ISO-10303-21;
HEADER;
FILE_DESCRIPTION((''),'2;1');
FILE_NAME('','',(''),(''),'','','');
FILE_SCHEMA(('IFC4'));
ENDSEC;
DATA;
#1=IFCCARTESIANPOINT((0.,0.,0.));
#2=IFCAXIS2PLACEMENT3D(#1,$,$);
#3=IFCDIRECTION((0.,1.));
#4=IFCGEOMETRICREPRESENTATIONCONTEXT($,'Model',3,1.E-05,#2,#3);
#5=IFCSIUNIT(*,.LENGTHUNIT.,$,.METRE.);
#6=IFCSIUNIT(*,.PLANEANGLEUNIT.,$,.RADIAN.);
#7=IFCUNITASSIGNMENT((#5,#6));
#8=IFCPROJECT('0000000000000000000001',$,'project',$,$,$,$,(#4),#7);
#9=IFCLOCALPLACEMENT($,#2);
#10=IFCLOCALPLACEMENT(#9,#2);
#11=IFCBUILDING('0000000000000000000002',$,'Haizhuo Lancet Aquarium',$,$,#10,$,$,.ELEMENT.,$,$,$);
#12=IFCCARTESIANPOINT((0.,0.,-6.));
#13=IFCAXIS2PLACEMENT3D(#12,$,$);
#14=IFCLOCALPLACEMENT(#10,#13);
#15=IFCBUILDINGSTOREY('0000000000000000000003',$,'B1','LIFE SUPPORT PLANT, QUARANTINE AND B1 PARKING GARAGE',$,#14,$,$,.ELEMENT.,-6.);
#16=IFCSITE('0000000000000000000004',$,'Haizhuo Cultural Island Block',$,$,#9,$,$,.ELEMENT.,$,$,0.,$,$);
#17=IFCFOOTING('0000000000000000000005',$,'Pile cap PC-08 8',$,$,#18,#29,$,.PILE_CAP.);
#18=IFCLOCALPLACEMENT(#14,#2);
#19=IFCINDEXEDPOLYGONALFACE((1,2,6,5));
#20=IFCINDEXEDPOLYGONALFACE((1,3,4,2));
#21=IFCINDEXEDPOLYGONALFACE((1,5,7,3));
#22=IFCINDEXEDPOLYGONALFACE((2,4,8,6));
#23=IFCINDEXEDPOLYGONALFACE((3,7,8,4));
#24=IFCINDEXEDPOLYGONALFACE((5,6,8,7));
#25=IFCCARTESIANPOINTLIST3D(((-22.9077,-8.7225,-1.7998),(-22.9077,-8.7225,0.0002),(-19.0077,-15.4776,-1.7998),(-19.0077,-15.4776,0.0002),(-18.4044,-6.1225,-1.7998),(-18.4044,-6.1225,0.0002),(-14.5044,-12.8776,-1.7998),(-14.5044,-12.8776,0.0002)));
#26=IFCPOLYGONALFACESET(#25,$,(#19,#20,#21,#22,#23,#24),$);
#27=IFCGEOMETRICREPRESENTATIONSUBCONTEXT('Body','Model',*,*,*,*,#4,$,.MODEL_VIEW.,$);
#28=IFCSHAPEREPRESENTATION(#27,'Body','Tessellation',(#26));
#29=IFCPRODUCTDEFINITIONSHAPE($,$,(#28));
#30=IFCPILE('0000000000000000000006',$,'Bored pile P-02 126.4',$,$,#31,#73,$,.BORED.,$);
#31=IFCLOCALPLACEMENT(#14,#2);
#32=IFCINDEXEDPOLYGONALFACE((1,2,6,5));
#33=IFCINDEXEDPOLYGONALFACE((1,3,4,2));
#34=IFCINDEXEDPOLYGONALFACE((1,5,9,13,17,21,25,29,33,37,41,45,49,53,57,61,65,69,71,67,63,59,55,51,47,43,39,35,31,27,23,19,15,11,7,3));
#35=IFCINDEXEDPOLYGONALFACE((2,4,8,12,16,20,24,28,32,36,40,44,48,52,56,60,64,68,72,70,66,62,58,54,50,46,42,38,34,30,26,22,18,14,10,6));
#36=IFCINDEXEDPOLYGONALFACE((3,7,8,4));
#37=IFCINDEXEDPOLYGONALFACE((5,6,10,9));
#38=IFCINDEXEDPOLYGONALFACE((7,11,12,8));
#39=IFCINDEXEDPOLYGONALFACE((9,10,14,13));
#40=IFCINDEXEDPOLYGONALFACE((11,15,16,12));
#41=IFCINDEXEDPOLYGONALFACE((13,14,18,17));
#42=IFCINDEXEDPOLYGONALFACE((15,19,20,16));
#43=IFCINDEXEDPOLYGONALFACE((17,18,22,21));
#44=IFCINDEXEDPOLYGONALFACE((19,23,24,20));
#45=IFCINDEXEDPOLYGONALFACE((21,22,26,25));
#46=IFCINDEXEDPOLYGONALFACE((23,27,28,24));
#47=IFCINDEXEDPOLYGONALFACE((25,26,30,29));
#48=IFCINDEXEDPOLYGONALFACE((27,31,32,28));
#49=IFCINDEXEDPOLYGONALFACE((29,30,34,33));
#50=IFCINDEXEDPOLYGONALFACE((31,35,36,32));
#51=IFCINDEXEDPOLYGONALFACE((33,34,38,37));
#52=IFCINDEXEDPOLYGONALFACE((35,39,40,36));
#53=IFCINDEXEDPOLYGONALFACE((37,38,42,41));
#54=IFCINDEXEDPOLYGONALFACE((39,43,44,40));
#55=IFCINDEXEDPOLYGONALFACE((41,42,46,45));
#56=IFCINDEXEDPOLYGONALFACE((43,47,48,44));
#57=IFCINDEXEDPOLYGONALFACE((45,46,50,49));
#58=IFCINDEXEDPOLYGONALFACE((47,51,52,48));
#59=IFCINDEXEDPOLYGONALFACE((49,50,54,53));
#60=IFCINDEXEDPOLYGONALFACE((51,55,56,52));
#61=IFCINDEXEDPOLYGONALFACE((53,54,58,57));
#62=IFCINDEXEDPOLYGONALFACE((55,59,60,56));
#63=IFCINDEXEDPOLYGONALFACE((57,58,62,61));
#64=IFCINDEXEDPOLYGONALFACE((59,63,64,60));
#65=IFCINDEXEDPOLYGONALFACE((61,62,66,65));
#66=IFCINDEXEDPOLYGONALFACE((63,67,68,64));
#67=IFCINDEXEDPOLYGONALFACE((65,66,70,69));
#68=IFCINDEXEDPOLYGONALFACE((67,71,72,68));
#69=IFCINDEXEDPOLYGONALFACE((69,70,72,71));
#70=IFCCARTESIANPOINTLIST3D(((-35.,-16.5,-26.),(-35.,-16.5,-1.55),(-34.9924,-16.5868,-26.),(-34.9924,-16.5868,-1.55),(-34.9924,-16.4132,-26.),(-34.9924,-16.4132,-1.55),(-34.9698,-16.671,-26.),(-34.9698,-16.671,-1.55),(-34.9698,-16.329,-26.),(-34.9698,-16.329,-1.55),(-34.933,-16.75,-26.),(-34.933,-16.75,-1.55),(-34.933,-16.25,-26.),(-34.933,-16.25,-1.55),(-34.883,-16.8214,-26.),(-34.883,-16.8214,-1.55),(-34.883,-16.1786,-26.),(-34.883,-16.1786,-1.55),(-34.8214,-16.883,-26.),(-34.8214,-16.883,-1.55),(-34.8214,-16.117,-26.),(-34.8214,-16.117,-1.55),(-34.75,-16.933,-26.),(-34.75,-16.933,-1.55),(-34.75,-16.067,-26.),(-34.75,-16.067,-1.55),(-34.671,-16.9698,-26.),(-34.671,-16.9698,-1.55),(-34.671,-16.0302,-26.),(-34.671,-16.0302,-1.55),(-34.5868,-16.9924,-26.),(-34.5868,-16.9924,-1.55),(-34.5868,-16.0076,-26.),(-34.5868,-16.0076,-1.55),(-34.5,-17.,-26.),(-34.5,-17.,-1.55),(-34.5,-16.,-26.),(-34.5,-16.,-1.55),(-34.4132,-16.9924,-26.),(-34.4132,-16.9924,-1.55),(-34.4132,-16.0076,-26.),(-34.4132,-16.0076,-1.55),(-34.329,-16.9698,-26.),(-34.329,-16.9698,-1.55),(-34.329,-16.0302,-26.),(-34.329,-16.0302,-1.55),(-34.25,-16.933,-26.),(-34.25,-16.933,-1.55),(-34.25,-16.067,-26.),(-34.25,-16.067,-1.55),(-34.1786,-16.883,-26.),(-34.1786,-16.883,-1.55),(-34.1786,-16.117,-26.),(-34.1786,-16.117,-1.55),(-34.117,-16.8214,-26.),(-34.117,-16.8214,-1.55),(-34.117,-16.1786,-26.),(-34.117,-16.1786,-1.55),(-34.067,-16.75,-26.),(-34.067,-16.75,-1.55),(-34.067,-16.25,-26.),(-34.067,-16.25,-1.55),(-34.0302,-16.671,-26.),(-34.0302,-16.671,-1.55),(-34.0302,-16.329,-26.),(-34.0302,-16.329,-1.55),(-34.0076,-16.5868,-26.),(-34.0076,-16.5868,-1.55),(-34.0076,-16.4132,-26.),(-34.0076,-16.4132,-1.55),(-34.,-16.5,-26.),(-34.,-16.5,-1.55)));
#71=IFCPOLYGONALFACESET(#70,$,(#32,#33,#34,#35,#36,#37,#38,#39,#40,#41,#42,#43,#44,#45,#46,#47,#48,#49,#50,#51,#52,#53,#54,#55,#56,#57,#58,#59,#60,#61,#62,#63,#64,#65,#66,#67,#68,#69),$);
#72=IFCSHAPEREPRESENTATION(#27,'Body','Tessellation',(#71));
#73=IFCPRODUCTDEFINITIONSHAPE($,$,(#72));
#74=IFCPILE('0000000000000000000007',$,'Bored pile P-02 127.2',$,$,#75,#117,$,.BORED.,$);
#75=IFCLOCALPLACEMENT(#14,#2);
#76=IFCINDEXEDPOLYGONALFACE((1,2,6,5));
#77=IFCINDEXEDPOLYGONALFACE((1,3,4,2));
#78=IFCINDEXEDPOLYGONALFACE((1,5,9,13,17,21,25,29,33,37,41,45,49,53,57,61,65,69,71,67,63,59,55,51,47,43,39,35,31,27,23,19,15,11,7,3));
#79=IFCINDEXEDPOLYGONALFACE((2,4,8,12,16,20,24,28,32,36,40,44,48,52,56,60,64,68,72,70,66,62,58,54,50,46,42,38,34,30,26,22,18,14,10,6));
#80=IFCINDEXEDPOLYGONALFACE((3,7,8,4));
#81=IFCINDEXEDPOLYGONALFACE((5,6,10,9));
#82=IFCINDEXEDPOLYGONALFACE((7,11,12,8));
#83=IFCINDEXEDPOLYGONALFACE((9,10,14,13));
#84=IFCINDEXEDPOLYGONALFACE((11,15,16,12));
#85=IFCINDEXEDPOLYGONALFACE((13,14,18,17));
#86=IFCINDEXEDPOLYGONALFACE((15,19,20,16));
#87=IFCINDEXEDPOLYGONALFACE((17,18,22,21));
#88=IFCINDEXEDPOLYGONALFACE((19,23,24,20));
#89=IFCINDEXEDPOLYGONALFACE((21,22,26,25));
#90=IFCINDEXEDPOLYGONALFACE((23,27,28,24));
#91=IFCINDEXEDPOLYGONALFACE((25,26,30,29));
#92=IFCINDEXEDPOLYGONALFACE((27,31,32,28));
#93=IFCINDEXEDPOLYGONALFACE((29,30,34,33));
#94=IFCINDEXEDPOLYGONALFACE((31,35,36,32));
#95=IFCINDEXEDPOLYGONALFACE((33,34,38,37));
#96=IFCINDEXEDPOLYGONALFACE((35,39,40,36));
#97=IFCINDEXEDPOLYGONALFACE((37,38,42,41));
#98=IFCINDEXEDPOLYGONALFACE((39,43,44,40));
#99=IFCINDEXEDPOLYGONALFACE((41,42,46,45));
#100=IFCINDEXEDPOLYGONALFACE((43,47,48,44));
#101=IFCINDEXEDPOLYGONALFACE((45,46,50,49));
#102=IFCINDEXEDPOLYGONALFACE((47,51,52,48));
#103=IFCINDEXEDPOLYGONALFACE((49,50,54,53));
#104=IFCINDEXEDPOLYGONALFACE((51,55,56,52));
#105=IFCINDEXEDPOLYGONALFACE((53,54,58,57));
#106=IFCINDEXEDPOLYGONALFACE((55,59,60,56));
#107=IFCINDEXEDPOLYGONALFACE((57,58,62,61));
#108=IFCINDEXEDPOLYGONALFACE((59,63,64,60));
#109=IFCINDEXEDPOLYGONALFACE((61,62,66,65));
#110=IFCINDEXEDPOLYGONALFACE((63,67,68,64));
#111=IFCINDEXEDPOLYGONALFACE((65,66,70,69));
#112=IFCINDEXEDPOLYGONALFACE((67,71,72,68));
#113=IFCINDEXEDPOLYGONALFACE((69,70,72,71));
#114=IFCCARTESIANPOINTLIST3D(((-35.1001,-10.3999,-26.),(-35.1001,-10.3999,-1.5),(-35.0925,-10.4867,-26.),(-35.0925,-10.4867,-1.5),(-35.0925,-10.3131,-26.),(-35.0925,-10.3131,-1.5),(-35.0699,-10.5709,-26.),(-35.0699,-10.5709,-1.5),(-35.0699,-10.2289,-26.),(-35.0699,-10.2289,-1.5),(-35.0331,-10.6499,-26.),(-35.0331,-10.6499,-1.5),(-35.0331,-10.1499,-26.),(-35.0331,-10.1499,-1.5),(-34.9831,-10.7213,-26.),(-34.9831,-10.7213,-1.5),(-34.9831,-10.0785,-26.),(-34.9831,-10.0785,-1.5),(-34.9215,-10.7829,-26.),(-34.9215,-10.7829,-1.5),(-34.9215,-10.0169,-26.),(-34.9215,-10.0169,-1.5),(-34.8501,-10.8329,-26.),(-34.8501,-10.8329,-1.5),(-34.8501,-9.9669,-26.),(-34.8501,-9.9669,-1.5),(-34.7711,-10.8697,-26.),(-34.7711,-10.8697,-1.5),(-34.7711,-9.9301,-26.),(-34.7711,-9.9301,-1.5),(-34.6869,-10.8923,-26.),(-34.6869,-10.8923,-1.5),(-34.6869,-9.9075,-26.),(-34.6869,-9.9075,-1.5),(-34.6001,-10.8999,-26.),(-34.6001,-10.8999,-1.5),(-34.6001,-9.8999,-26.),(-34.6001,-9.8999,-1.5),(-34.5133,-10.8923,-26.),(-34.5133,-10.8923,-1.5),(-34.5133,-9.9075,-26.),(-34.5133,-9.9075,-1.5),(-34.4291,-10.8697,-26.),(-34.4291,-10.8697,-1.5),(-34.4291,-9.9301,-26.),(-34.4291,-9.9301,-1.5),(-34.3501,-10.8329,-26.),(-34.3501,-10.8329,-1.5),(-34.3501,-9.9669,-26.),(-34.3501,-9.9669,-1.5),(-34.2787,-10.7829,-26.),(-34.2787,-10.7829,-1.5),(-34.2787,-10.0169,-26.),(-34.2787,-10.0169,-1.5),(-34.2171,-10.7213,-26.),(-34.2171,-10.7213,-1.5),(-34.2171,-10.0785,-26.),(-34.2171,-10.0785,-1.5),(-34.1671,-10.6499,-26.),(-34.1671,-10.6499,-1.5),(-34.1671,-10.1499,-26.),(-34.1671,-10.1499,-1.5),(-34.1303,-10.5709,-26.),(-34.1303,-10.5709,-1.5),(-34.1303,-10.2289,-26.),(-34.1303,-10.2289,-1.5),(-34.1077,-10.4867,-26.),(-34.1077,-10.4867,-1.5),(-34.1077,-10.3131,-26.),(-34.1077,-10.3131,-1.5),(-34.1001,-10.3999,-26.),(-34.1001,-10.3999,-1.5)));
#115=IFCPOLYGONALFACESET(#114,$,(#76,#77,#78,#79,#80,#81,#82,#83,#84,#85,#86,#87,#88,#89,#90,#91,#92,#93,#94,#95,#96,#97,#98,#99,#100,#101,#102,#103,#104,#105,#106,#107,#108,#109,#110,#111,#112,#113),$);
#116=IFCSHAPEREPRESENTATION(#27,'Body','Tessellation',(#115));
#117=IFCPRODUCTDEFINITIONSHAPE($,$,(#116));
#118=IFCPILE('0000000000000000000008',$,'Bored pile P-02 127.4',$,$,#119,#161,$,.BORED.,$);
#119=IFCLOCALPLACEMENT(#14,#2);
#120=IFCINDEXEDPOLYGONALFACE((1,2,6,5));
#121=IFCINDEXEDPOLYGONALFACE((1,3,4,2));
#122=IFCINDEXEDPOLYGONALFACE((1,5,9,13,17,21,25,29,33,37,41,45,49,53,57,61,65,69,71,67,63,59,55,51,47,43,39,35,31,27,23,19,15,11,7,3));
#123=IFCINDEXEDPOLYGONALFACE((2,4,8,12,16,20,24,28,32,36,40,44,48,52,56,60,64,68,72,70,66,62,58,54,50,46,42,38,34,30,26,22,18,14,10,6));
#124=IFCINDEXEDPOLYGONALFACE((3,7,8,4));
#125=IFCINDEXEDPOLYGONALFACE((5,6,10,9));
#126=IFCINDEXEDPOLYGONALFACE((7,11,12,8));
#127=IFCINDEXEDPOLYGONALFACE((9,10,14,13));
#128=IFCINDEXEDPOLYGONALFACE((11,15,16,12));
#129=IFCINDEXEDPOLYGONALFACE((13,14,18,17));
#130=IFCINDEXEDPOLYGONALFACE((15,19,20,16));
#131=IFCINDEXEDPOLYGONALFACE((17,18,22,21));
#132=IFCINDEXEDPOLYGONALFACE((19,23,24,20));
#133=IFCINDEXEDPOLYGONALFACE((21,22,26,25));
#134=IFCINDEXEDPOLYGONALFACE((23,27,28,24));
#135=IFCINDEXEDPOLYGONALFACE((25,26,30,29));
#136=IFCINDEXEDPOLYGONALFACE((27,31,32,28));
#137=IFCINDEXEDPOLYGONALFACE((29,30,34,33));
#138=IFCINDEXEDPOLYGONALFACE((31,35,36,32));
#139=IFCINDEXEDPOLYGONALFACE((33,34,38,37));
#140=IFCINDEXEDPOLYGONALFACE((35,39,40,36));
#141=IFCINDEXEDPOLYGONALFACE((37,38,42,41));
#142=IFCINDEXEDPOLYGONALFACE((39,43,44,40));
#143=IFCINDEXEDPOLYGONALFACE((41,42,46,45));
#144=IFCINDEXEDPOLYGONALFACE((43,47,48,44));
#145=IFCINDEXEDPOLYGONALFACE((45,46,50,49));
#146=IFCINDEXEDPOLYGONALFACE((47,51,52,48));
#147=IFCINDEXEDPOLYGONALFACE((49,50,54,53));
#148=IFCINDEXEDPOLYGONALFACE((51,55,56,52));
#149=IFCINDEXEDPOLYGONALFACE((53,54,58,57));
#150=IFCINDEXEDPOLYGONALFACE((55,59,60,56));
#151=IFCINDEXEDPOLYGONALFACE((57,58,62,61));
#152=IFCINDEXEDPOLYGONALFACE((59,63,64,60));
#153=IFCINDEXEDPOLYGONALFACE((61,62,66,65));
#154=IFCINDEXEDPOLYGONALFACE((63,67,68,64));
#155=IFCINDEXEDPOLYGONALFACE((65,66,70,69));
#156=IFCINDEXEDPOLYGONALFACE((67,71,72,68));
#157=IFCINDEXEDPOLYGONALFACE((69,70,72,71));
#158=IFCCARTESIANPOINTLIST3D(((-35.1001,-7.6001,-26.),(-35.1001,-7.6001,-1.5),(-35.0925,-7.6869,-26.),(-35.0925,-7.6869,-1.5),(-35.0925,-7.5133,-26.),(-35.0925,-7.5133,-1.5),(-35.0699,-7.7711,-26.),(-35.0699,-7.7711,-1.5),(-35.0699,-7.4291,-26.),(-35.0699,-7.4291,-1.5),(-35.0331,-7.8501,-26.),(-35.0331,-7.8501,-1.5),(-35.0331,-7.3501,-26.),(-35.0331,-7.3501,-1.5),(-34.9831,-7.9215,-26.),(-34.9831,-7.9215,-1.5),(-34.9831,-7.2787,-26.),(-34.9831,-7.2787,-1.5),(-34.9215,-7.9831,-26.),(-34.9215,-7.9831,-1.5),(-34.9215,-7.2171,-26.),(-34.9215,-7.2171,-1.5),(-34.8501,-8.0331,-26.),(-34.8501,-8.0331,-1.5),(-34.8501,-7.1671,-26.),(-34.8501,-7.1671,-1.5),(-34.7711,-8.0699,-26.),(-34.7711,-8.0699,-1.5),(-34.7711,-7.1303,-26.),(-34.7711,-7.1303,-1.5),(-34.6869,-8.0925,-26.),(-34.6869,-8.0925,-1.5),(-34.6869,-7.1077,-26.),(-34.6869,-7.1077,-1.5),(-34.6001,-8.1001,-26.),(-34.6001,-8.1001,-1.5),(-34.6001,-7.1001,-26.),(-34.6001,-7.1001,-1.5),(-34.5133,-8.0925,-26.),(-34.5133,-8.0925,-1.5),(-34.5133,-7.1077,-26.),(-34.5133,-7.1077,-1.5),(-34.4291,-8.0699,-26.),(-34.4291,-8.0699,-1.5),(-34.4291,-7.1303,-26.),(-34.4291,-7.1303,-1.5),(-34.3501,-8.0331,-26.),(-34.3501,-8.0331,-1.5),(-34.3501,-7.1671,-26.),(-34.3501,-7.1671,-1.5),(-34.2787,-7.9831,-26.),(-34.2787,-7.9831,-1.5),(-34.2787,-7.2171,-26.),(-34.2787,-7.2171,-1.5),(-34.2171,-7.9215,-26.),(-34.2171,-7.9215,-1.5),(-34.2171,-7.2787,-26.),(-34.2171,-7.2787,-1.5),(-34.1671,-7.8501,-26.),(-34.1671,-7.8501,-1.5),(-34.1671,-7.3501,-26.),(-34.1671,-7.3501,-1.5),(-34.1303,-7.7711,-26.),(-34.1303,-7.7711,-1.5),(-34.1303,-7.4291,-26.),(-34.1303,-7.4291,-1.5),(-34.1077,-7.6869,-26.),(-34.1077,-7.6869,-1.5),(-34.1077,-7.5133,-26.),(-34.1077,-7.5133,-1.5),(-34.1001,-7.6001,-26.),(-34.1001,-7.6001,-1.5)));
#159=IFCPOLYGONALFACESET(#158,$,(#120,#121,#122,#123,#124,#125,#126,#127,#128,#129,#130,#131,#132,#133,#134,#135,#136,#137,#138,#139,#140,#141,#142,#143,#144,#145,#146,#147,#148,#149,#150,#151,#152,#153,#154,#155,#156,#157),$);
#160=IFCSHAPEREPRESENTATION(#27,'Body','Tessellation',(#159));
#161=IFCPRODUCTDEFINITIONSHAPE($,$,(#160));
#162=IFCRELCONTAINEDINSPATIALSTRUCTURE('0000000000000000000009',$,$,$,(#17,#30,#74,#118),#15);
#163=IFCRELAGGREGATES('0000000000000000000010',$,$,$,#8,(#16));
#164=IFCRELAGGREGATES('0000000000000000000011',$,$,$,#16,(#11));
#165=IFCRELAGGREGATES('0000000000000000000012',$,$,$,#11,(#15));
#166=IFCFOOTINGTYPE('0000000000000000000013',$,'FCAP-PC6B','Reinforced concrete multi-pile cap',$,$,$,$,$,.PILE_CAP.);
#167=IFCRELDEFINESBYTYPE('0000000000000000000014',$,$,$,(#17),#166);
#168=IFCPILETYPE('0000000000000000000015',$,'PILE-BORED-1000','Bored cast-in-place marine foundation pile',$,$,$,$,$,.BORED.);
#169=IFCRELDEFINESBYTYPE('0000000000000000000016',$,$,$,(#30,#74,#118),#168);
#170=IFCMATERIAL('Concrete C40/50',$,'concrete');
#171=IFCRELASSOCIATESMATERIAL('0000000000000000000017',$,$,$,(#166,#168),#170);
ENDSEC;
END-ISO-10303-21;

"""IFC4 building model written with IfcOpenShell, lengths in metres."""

from ifc_helpers import new_model, si_unit, direction, frame, origin, origin_2d, place, context, subcontext, project, spatial, rectangle, circle, extrude, material, material_profile, profile_set, type_object, element, save


model = new_model("IFC4")

# Units and contexts
model_context = context("Model", 3, precision=1e-05, world=origin(), true_north=direction((0.0, 1.0)))
body_context = subcontext(model_context, "Body", "Model", "MODEL_VIEW")
ifc_project = project(units=[si_unit("LENGTHUNIT", "METRE"), si_unit("PLANEANGLEUNIT", "RADIAN")], contexts=[model_context])

# Site, building, storey
site_placement = place(None, origin())
site = spatial("IfcSite", under=ifc_project, at=site_placement, Name="Haizhuo Cultural Island Block", CompositionType="ELEMENT", RefElevation=0.0)
building_placement = place(site_placement, origin())
building = spatial("IfcBuilding", under=site, at=building_placement, Name="Haizhuo Lancet Aquarium", CompositionType="ELEMENT")
storey_placement = place(building_placement, frame((0.0, 0.0, -6.0)))
storey = spatial("IfcBuildingStorey", under=building, at=storey_placement, Name="B1", Description="LIFE SUPPORT PLANT, QUARANTINE AND B1 PARKING GARAGE", CompositionType="ELEMENT", Elevation=-6.0)

# Footing
ifc_material_1 = material(Name="Concrete C40/50", Category="concrete")
footing_type = type_object("IfcFootingType", Name="FCAP-PC6B", Description="Reinforced concrete multi-pile cap", PredefinedType="PILE_CAP", material=ifc_material_1)
footing_placement = place(storey_placement, frame((-18.7061, -10.8, -1.7998), z_axis=(0.0, 0.0, 1.0), x_axis=(-0.866025, -0.5, 0.0)))
element("IfcFooting", 1, at=footing_placement, inside=storey, type_object=footing_type, Name="Pile cap PC-08 8", PredefinedType="PILE_CAP", context=body_context, shape_type="SweptSolid", body=[
    extrude(rectangle(XDim=5.2, YDim=7.8, at=origin_2d()), origin(), (0.0, 0.0, 1.0), 1.8),
])

# Piles
ifc_material_profile_1 = material_profile(ifc_material_1, circle(Radius=0.5, at=origin_2d()), Name="PILE-1000")
ifc_profile_set_1 = profile_set([ifc_material_profile_1], Name="Concrete C40/50")
pile_type_1 = type_object("IfcPileType", Name="PILE-BORED-1000", Description="Bored cast-in-place marine foundation pile", PredefinedType="BORED", material=ifc_profile_set_1)
pile_1_placement = place(storey_placement, frame((-34.5, -16.5, -1.55), z_axis=(0.0, 0.0, -1.0), x_axis=(1.0, 0.0, 0.0)))
element("IfcPile", 2, at=pile_1_placement, inside=storey, type_object=pile_type_1, Name="Bored pile P-02 126.4", PredefinedType="BORED", context=body_context, shape_type="SweptSolid", body=[
    extrude(circle(Radius=0.5, at=origin_2d()), origin(), (0.0, 0.0, 1.0), 24.45),
])
for number, where, z_axis, x_axis, name in (
    (3, (-34.6001, -10.3999, -1.5), (0.0, 0.0, -1.0), (1.0, 0.0, 0.0), "Bored pile P-02 127.2"),
    (4, (-34.6001, -7.6001, -1.5), (0.0, 0.0, -1.0), (1.0, 0.0, 0.0), "Bored pile P-02 127.4"),
):
    element("IfcPile", number, at=place(storey_placement, frame(where, z_axis=z_axis, x_axis=x_axis)), inside=storey, type_object=pile_type_1, Name=name, PredefinedType="BORED", context=body_context, shape_type="SweptSolid", body=[
        extrude(circle(Radius=0.5, at=origin_2d()), origin(), (0.0, 0.0, 1.0), 24.5),
    ])

save(model, "model.ifc")
